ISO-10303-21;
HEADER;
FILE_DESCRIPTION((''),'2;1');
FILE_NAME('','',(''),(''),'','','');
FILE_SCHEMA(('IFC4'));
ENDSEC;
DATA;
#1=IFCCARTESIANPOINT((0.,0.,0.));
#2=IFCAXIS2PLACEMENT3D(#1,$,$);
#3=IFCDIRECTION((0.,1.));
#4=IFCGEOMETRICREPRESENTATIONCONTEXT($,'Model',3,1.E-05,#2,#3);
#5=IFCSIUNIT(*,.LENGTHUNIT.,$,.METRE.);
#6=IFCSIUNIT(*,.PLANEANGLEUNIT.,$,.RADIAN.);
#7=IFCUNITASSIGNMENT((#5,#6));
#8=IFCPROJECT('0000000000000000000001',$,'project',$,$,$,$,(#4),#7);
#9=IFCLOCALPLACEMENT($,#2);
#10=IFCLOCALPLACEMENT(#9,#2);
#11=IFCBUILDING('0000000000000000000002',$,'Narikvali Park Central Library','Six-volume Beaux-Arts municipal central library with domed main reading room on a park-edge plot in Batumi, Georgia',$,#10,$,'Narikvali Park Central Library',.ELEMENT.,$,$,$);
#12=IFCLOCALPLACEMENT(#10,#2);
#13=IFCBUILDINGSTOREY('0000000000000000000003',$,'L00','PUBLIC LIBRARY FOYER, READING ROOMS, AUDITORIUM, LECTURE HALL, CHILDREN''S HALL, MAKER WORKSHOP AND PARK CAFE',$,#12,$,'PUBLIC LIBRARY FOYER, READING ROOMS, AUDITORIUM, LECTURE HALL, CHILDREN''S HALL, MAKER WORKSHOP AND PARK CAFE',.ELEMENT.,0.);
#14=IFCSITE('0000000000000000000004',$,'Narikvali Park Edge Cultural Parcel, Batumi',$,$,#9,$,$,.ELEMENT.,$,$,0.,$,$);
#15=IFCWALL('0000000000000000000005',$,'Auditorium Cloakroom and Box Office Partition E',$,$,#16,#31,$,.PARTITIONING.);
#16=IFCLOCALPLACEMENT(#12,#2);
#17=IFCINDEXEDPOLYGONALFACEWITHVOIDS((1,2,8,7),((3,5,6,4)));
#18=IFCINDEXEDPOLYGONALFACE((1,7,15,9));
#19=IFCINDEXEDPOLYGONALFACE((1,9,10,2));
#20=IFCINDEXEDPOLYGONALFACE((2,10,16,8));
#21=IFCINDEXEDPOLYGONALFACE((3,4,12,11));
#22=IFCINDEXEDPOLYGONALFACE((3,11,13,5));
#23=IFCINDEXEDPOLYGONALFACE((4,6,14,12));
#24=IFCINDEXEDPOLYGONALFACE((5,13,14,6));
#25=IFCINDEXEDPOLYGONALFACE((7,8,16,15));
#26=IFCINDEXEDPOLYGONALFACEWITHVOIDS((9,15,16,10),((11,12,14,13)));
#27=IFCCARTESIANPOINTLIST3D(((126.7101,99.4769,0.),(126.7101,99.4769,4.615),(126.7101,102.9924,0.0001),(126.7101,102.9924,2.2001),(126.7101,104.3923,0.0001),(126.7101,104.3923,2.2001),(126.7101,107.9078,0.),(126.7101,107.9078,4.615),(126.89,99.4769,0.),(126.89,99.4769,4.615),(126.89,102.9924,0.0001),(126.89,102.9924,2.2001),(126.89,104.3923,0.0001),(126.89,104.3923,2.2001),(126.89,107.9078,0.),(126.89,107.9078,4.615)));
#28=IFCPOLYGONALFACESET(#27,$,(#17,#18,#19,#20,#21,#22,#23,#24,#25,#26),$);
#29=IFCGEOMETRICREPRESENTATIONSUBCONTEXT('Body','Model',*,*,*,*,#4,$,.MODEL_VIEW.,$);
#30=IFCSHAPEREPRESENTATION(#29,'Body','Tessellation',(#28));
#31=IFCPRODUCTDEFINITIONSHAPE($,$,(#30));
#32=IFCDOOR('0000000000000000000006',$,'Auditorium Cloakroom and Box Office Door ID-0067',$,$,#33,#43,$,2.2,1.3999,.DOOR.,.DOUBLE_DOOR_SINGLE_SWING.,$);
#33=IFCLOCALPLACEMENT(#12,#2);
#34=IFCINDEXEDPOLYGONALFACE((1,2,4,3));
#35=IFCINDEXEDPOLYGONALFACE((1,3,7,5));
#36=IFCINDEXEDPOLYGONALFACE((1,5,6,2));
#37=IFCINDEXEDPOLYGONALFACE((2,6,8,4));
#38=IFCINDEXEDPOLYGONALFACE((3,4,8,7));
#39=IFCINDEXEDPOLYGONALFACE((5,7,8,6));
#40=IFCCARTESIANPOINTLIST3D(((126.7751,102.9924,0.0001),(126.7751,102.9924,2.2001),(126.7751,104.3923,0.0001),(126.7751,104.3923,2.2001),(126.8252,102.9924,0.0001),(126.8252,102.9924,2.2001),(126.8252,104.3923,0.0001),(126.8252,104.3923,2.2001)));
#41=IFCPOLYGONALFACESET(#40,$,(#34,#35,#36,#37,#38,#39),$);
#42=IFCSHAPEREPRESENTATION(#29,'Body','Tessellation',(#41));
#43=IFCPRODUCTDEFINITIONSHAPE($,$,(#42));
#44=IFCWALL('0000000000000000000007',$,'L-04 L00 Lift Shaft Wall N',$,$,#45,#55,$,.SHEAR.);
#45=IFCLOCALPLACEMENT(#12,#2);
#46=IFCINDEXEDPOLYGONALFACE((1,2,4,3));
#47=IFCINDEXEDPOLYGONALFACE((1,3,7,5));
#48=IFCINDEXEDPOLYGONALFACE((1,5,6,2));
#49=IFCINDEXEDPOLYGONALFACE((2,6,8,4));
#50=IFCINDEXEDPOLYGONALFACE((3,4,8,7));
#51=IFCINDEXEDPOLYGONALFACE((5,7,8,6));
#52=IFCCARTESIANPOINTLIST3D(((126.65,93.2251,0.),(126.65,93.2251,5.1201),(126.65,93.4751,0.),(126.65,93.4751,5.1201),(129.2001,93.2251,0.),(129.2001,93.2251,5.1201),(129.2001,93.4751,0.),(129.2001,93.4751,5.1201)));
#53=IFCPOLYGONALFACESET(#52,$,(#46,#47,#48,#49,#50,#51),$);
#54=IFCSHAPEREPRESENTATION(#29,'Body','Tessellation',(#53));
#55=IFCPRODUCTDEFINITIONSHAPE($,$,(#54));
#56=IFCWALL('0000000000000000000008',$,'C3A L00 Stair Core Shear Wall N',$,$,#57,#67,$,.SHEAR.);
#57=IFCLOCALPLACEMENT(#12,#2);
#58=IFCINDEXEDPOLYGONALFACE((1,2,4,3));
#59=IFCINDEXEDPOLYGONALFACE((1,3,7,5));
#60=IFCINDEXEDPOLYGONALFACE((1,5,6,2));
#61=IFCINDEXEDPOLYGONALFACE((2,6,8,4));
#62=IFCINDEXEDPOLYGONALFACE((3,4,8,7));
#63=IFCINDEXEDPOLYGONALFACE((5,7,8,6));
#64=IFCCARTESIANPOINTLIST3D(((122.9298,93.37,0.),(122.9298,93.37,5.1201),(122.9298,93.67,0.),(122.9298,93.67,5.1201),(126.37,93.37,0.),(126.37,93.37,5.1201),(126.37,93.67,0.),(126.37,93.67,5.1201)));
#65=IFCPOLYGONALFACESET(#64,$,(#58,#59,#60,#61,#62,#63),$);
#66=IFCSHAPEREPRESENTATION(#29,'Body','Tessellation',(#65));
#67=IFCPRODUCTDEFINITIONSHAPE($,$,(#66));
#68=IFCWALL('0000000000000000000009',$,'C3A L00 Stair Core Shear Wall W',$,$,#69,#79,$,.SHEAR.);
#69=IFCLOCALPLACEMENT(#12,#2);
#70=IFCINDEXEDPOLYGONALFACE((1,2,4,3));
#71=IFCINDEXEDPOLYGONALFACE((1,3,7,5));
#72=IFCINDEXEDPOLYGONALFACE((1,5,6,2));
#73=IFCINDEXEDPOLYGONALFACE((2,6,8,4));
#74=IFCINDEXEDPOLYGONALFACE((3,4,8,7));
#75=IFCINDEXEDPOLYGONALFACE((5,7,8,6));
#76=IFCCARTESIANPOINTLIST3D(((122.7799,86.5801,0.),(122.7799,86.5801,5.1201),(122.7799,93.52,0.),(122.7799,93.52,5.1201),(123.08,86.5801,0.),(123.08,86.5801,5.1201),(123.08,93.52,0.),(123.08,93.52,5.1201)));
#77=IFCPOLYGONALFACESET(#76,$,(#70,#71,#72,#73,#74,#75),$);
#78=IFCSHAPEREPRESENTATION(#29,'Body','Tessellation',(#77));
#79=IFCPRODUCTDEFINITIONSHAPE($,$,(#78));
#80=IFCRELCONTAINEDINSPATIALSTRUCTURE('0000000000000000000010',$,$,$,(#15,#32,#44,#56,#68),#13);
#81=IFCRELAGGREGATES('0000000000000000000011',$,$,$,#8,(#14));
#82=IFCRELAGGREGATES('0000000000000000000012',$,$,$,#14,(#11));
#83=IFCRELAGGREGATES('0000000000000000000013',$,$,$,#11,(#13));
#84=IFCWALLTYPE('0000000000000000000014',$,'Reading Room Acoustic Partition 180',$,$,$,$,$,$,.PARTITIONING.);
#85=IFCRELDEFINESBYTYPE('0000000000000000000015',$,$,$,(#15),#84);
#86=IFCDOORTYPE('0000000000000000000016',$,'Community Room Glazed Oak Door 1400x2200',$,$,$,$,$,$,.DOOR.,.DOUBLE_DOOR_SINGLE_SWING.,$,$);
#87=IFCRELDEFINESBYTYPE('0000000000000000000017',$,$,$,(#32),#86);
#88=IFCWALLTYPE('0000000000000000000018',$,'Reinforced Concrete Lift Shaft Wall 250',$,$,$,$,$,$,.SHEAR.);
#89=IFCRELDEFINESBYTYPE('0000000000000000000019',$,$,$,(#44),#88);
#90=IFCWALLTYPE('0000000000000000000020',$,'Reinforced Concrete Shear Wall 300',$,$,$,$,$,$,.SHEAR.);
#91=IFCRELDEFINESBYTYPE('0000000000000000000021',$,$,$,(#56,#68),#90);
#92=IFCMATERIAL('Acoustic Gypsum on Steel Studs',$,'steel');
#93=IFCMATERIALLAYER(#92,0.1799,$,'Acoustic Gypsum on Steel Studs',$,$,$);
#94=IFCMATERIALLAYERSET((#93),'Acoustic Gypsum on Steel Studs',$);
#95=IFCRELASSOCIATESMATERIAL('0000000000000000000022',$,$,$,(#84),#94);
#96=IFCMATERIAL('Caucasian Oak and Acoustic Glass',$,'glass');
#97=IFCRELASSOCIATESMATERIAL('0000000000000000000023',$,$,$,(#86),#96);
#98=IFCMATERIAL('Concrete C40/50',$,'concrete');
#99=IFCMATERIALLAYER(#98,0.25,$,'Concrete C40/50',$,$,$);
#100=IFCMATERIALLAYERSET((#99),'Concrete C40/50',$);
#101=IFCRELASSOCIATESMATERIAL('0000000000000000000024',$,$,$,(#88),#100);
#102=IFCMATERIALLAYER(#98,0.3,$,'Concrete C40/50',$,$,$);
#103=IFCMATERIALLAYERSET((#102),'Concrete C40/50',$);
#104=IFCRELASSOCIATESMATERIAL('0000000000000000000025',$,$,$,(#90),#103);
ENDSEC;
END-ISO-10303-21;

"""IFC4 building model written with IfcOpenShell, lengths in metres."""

from ifc_helpers import new_model, si_unit, direction, frame, frame_2d, origin, place, context, subcontext, project, spatial, rectangle, extrude, material, layer, layer_set, type_object, element, fill, save


model = new_model("IFC4")

# Units and contexts
model_context = context("Model", 3, precision=1e-05, world=origin(), true_north=direction((0.0, 1.0)))
body_context = subcontext(model_context, "Body", "Model", "MODEL_VIEW")
ifc_project = project(units=[si_unit("LENGTHUNIT", "METRE"), si_unit("PLANEANGLEUNIT", "RADIAN")], contexts=[model_context])

# Site, building, storey
site_placement = place(None, origin())
site = spatial("IfcSite", under=ifc_project, at=site_placement, Name="Narikvali Park Edge Cultural Parcel, Batumi", CompositionType="ELEMENT", RefElevation=0.0)
building_placement = place(site_placement, origin())
building = spatial("IfcBuilding", under=site, at=building_placement, Name="Narikvali Park Central Library", Description="Six-volume Beaux-Arts municipal central library with domed main reading room on a park-edge plot in Batumi, Georgia", LongName="Narikvali Park Central Library", CompositionType="ELEMENT")
storey_placement = place(building_placement, origin())
storey = spatial("IfcBuildingStorey", under=building, at=storey_placement, Name="L00", Description="PUBLIC LIBRARY FOYER, READING ROOMS, AUDITORIUM, LECTURE HALL, CHILDREN'S HALL, MAKER WORKSHOP AND PARK CAFE", LongName="PUBLIC LIBRARY FOYER, READING ROOMS, AUDITORIUM, LECTURE HALL, CHILDREN'S HALL, MAKER WORKSHOP AND PARK CAFE", CompositionType="ELEMENT", Elevation=0.0)

# Wall, opening, door
ifc_material_1 = material(Name="Acoustic Gypsum on Steel Studs", Category="steel")
ifc_layer_1 = layer(ifc_material_1, 0.1799, Name="Acoustic Gypsum on Steel Studs")
ifc_layer_set_1 = layer_set([ifc_layer_1], Name="Acoustic Gypsum on Steel Studs")
wall_type_1 = type_object("IfcWallType", Name="Reading Room Acoustic Partition 180", PredefinedType="PARTITIONING", material=ifc_layer_set_1)
wall_1_placement = place(storey_placement, frame((126.8, 99.4771, 0.0), z_axis=(0.0, 0.0, 1.0), x_axis=(0.0, 1.0, 0.0)))
wall_1 = element("IfcWall", 1, at=wall_1_placement, inside=storey, type_object=wall_type_1, Name="Auditorium Cloakroom and Box Office Partition E", PredefinedType="PARTITIONING", context=body_context, shape_type="SweptSolid", body=[
    extrude(rectangle(XDim=8.4309, YDim=0.1799, at=frame_2d((4.2153, 0.0))), origin(), (0.0, 0.0, 1.0), 4.615),
])
opening_1_placement = place(wall_1_placement, frame((3.5154, 0.0, 0.0)))
opening_1 = element("IfcOpeningElement", 2, at=opening_1_placement, cuts=wall_1, PredefinedType="OPENING", context=body_context, shape_type="SweptSolid", body=[
    extrude(rectangle(XDim=1.3999, YDim=2.2, at=frame_2d((0.7, 1.1001))), frame((0.0, 0.1021, 0.0), z_axis=(0.0, -1.0, 0.0), x_axis=(1.0, 0.0, 0.0)), (0.0, 0.0, 1.0), 0.2039),
])
ifc_material_2 = material(Name="Caucasian Oak and Acoustic Glass", Category="glass")
door_type_1 = type_object("IfcDoorType", Name="Community Room Glazed Oak Door 1400x2200", OperationType="DOUBLE_DOOR_SINGLE_SWING", PredefinedType="DOOR", material=ifc_material_2)
door_1_placement = place(opening_1_placement, origin())
door_1 = element("IfcDoor", 3, at=door_1_placement, inside=storey, type_object=door_type_1, Name="Auditorium Cloakroom and Box Office Door ID-0067", OperationType="DOUBLE_DOOR_SINGLE_SWING", OverallHeight=2.2, OverallWidth=1.3999, PredefinedType="DOOR", context=body_context, shape_type="SweptSolid", body=[
    extrude(rectangle(XDim=1.3999, YDim=2.2, at=frame_2d((0.7, 1.1001))), frame((0.0, 0.0249, 0.0), z_axis=(0.0, -1.0, 0.0), x_axis=(1.0, 0.0, 0.0)), (0.0, 0.0, 1.0), 0.05),
])
fill(opening_1, door_1)

# Walls
ifc_material_3 = material(Name="Concrete C40/50", Category="concrete")
ifc_layer_2 = layer(ifc_material_3, 0.25, Name="Concrete C40/50")
ifc_layer_set_2 = layer_set([ifc_layer_2], Name="Concrete C40/50")
wall_type_2 = type_object("IfcWallType", Name="Reinforced Concrete Lift Shaft Wall 250", PredefinedType="SHEAR", material=ifc_layer_set_2)
wall_2_placement = place(storey_placement, frame((129.2, 93.3501, 0.0), z_axis=(0.0, 0.0, 1.0), x_axis=(-1.0, 0.0, 0.0)))
element("IfcWall", 4, at=wall_2_placement, inside=storey, type_object=wall_type_2, Name="L-04 L00 Lift Shaft Wall N", PredefinedType="SHEAR", context=body_context, shape_type="SweptSolid", body=[
    extrude(rectangle(XDim=2.55, YDim=0.25, at=frame_2d((1.2749, 0.0))), origin(), (0.0, 0.0, 1.0), 5.1201),
])
ifc_layer_3 = layer(ifc_material_3, 0.3, Name="Concrete C40/50")
ifc_layer_set_3 = layer_set([ifc_layer_3], Name="Concrete C40/50")
wall_type_3 = type_object("IfcWallType", Name="Reinforced Concrete Shear Wall 300", PredefinedType="SHEAR", material=ifc_layer_set_3)
wall_3_placement = place(storey_placement, frame((126.3701, 93.52, 0.0), z_axis=(0.0, 0.0, 1.0), x_axis=(-1.0, 0.0, 0.0)))
element("IfcWall", 5, at=wall_3_placement, inside=storey, type_object=wall_type_3, Name="C3A L00 Stair Core Shear Wall N", PredefinedType="SHEAR", context=body_context, shape_type="SweptSolid", body=[
    extrude(rectangle(XDim=3.4402, YDim=0.3, at=frame_2d((1.7202, 0.0))), origin(), (0.0, 0.0, 1.0), 5.1201),
])
wall_4_placement = place(storey_placement, frame((122.9299, 93.52, 0.0), z_axis=(0.0, 0.0, 1.0), x_axis=(0.0, -1.0, 0.0)))
element("IfcWall", 6, at=wall_4_placement, inside=storey, type_object=wall_type_3, Name="C3A L00 Stair Core Shear Wall W", PredefinedType="SHEAR", context=body_context, shape_type="SweptSolid", body=[
    extrude(rectangle(XDim=6.9399, YDim=0.3, at=frame_2d((3.47, 0.0))), origin(), (0.0, 0.0, 1.0), 5.1201),
])

save(model, "model.ifc")
